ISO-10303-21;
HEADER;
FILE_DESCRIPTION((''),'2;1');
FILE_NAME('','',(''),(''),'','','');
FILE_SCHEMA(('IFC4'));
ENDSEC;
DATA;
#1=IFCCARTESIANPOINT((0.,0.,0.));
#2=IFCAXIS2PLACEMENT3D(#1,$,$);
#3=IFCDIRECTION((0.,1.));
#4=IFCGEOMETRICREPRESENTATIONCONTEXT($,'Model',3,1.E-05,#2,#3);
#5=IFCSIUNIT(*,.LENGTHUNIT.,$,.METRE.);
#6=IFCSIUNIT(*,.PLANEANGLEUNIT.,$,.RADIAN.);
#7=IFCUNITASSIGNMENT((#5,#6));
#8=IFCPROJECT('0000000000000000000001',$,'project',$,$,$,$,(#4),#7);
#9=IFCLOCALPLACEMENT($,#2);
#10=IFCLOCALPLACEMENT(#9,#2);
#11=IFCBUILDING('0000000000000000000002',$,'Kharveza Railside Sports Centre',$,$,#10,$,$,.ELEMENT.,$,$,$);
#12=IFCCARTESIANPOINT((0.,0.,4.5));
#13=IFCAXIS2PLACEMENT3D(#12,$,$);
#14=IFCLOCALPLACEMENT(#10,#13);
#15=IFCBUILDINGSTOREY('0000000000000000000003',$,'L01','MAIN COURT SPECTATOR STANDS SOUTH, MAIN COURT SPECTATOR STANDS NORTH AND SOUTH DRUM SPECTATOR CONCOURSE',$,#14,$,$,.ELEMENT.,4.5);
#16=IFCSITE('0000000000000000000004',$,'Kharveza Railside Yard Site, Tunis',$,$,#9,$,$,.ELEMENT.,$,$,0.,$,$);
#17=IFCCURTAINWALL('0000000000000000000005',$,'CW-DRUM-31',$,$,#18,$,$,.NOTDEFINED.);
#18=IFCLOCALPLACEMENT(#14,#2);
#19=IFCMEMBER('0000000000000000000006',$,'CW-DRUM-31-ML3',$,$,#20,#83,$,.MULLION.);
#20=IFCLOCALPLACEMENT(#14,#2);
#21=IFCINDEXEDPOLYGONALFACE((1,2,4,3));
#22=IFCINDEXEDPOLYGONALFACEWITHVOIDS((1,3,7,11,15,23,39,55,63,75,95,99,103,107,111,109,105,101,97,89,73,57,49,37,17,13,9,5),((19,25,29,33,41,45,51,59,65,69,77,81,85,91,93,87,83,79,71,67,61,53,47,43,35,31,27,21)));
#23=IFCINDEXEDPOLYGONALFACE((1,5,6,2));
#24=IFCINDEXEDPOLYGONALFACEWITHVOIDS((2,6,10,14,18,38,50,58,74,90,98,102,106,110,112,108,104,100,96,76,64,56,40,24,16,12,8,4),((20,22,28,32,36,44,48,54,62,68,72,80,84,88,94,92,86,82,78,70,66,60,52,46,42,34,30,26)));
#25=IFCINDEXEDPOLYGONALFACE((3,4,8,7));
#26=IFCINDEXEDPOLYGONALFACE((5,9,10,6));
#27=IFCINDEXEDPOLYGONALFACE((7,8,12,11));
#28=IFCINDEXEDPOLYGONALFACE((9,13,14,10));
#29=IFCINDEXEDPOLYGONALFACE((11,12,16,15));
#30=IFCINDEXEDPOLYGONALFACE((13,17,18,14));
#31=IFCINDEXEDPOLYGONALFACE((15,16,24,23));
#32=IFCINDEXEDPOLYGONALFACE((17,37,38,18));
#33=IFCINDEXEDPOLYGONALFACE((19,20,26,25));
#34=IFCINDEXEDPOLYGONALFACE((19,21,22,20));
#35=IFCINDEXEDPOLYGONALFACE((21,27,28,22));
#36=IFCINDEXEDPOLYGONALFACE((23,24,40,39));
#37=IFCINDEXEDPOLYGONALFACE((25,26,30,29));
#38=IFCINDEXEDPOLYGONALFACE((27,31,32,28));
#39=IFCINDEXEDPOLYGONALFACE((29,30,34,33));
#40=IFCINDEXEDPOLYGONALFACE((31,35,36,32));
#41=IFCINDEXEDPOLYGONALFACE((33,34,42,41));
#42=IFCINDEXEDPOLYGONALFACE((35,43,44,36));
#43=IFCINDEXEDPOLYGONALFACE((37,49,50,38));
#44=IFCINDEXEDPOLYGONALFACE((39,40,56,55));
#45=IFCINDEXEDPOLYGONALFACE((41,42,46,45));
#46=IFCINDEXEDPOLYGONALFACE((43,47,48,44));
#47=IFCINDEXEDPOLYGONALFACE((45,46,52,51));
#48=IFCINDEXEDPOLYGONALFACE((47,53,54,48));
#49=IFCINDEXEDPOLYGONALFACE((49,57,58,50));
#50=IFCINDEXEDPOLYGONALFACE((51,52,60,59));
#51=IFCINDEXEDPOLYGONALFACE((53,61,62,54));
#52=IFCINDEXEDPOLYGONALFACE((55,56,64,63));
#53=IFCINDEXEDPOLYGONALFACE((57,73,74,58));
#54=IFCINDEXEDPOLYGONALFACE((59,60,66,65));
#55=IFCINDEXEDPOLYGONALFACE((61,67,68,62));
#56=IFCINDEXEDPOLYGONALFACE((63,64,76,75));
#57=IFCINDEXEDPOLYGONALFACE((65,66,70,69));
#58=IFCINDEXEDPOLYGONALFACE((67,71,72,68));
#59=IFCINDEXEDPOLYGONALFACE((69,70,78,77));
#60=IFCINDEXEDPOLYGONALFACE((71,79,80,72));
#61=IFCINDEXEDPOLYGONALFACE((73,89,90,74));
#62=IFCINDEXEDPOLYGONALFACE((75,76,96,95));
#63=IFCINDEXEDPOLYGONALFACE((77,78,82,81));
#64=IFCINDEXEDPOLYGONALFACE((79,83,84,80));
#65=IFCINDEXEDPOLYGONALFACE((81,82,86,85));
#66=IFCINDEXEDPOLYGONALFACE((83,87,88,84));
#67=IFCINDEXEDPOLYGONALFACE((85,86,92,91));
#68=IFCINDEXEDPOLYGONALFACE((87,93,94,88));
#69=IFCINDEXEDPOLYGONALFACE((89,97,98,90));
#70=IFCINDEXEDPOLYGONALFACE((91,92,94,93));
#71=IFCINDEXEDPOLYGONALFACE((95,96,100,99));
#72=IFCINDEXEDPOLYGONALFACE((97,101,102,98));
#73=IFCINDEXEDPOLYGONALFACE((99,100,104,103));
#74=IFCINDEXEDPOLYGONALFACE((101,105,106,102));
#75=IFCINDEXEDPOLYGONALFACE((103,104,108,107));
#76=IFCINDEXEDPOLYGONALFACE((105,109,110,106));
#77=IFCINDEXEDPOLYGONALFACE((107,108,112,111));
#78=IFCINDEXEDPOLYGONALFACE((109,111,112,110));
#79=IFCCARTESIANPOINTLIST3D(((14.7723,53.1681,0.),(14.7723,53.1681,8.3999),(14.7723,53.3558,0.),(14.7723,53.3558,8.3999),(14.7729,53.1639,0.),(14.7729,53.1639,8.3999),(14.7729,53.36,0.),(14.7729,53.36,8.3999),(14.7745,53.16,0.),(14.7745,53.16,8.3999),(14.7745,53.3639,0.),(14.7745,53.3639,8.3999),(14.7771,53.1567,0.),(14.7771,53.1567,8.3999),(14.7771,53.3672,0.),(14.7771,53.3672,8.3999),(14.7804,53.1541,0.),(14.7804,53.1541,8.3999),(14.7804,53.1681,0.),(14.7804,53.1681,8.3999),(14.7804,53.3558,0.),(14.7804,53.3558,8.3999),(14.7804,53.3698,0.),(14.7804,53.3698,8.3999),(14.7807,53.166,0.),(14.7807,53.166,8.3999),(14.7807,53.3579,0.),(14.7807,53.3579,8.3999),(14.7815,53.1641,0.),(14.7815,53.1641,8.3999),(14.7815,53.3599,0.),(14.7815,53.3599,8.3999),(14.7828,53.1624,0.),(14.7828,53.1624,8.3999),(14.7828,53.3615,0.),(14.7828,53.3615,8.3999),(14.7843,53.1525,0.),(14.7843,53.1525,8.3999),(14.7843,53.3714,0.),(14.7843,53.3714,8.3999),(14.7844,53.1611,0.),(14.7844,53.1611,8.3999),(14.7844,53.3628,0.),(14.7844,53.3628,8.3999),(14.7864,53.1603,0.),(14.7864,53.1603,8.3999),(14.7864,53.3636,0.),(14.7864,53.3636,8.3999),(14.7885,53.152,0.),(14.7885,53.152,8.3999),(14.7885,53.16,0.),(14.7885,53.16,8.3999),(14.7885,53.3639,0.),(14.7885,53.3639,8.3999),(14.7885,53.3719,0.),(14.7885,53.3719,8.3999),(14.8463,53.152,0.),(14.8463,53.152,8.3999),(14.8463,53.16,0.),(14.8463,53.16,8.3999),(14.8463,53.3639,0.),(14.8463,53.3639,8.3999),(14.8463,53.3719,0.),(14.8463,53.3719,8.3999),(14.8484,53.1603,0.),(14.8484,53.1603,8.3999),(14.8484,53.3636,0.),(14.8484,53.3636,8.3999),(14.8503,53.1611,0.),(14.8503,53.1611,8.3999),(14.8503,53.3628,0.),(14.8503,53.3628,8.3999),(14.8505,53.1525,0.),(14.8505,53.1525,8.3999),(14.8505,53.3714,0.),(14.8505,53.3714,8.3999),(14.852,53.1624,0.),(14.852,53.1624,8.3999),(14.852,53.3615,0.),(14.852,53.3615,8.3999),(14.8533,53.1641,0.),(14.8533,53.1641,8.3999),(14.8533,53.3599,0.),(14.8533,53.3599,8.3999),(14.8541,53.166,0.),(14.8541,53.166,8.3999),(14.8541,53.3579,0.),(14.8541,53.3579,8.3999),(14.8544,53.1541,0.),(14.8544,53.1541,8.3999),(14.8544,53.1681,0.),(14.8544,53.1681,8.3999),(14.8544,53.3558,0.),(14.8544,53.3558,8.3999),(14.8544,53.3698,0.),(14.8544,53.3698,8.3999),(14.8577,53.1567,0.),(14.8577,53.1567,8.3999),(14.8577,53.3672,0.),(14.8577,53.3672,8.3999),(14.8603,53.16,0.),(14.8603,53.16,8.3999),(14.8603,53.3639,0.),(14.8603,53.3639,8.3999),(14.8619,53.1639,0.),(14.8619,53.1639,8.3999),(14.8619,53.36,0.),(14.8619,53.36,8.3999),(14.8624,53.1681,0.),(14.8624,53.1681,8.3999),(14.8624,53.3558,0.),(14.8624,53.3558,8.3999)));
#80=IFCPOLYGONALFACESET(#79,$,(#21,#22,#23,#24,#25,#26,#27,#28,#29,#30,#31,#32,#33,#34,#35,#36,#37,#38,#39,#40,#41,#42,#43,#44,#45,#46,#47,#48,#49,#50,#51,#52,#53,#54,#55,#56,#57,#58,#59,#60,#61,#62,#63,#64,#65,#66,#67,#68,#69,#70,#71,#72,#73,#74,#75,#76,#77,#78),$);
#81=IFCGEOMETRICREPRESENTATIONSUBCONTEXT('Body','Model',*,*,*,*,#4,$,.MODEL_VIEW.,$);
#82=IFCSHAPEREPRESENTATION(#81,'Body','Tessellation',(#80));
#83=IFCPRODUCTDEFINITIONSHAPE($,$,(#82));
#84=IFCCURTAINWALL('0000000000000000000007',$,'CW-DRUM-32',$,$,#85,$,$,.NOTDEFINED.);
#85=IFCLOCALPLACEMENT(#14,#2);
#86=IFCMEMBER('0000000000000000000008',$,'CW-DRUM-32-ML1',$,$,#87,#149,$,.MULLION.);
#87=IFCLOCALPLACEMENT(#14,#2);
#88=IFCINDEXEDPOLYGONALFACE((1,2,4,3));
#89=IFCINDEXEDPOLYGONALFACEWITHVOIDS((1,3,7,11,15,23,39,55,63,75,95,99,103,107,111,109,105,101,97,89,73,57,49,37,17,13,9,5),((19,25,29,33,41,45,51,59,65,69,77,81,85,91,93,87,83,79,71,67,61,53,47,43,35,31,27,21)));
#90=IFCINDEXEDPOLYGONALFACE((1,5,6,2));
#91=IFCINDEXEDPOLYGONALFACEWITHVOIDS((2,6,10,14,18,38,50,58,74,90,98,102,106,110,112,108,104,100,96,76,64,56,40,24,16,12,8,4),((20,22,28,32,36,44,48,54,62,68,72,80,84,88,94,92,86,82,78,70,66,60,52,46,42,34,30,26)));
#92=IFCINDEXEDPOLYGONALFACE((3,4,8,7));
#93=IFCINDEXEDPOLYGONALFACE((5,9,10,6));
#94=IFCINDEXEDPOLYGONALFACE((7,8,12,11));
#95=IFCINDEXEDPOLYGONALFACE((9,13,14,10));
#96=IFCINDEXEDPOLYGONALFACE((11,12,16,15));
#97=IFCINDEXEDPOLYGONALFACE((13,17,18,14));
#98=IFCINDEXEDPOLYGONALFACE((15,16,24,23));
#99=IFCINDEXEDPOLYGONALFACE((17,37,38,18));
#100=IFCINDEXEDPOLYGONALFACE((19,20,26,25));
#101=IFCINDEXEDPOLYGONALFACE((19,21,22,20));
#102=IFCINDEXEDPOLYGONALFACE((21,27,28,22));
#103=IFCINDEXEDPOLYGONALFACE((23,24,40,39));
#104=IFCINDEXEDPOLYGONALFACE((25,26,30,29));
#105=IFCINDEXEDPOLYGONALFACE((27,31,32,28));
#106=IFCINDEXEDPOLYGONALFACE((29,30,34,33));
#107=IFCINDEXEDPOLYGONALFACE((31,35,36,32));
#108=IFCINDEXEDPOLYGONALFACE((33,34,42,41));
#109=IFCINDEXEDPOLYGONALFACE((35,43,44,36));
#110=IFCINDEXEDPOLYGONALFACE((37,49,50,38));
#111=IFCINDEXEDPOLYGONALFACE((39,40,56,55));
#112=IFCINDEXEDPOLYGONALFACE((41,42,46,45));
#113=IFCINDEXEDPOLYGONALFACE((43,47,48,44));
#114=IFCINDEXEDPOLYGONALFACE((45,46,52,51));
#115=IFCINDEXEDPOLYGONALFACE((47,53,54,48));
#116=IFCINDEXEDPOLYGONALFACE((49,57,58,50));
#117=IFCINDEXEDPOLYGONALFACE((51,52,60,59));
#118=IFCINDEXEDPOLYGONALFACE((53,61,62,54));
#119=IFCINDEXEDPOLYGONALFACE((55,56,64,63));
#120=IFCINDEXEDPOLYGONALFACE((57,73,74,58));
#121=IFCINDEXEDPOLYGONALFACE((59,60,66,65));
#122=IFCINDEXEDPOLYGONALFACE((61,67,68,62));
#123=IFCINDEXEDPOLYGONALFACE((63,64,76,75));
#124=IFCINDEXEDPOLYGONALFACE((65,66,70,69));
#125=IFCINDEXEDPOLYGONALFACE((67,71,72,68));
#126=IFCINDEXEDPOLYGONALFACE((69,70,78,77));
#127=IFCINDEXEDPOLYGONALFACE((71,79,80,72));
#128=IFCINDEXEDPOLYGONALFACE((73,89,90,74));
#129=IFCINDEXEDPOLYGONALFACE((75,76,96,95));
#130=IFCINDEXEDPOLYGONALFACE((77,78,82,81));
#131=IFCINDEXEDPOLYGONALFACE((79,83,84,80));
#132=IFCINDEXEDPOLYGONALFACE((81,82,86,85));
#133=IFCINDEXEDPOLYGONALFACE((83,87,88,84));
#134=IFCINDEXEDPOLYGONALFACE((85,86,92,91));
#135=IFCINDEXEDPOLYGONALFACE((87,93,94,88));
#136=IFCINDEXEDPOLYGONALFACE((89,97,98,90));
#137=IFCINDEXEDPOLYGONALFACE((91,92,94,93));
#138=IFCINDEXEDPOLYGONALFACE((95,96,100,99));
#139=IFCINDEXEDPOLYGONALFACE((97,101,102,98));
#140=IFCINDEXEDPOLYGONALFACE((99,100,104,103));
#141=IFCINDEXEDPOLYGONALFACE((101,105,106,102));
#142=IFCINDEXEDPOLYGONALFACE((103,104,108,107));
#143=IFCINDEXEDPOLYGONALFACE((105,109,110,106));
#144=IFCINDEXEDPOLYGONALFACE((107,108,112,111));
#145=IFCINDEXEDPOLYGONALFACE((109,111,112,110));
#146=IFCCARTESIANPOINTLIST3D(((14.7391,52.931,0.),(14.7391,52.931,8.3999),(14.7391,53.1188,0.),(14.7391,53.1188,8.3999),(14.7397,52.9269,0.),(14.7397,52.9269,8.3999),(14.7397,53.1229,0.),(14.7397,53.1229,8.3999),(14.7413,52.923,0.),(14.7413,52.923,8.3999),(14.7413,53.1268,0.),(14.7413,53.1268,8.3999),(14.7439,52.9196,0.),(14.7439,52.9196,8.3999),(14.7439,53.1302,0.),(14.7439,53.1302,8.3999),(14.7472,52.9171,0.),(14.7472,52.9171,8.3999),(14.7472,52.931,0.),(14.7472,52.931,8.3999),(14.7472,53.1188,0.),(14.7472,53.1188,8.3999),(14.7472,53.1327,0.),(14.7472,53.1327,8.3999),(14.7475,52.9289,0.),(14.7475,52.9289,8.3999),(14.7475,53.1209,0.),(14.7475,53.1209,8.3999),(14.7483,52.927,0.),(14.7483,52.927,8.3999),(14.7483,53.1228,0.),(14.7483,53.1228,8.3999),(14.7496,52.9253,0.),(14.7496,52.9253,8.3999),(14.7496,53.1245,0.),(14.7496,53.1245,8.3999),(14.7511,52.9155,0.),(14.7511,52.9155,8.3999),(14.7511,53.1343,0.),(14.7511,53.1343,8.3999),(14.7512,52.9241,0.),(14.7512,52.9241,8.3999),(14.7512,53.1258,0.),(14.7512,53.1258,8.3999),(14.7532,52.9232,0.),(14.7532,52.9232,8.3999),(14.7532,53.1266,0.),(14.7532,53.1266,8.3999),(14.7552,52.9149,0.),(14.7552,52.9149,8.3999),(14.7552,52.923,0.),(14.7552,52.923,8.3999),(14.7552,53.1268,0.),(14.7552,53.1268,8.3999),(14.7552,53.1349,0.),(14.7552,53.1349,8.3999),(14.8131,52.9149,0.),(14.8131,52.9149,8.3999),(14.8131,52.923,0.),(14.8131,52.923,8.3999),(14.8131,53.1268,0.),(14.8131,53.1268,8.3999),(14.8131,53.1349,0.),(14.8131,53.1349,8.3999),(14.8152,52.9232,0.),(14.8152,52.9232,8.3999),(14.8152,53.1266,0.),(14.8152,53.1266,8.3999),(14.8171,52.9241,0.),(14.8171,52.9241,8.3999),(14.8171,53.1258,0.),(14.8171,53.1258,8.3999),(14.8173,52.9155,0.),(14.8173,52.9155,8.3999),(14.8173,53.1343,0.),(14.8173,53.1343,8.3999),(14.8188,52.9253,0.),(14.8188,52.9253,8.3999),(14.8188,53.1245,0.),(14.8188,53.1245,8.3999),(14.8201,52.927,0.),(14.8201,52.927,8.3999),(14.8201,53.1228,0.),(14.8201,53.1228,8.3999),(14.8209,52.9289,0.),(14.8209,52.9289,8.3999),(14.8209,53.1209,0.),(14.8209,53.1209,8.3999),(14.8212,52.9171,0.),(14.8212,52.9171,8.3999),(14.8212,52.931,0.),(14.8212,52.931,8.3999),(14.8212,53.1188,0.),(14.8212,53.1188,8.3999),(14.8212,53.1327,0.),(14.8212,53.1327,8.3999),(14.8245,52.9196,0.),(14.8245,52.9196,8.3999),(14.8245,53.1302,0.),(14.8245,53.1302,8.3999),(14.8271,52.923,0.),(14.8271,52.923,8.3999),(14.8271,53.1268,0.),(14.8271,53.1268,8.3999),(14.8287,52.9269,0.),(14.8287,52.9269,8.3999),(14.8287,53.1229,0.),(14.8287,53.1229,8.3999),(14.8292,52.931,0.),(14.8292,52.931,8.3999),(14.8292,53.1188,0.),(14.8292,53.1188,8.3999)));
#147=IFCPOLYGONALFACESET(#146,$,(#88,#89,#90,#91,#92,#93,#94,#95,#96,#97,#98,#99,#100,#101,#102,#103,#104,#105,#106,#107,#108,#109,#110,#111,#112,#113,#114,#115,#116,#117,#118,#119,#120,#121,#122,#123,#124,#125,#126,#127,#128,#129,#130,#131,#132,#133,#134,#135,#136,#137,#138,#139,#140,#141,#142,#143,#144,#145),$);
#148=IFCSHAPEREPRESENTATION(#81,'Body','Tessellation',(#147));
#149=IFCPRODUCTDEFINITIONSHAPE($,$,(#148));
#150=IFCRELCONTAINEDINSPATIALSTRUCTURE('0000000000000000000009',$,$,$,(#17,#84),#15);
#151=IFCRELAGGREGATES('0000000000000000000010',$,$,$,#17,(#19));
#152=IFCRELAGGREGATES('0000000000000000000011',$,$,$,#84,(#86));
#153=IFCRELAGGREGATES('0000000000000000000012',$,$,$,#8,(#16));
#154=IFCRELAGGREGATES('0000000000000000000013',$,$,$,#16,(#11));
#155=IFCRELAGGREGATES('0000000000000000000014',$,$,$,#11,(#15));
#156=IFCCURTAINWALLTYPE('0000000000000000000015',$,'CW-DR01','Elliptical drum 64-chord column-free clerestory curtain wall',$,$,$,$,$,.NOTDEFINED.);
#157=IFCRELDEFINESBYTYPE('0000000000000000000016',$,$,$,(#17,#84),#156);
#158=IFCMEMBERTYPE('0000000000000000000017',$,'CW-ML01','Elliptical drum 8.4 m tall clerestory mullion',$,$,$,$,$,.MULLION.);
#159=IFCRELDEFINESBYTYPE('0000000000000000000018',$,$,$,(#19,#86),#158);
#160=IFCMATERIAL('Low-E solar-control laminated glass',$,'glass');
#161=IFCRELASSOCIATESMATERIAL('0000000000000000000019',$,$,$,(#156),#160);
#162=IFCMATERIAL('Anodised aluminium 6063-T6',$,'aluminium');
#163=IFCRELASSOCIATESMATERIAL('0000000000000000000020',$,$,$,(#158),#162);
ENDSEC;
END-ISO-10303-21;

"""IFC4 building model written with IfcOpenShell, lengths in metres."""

from ifc_helpers import new_model, si_unit, direction, frame, origin, origin_2d, place, context, subcontext, project, spatial, hollow_rectangle, extrude, material, material_profile, profile_set, type_object, element, aggregate, save


model = new_model("IFC4")

# Units and contexts
model_context = context("Model", 3, precision=1e-05, world=origin(), true_north=direction((0.0, 1.0)))
body_context = subcontext(model_context, "Body", "Model", "MODEL_VIEW")
ifc_project = project(units=[si_unit("LENGTHUNIT", "METRE"), si_unit("PLANEANGLEUNIT", "RADIAN")], contexts=[model_context])

# Site, building, storey
site_placement = place(None, origin())
site = spatial("IfcSite", under=ifc_project, at=site_placement, Name="Kharveza Railside Yard Site, Tunis", CompositionType="ELEMENT", RefElevation=0.0)
building_placement = place(site_placement, origin())
building = spatial("IfcBuilding", under=site, at=building_placement, Name="Kharveza Railside Sports Centre", CompositionType="ELEMENT")
storey_placement = place(building_placement, frame((0.0, 0.0, 4.5)))
storey = spatial("IfcBuildingStorey", under=building, at=storey_placement, Name="L01", Description="MAIN COURT SPECTATOR STANDS SOUTH, MAIN COURT SPECTATOR STANDS NORTH AND SOUTH DRUM SPECTATOR CONCOURSE", CompositionType="ELEMENT", Elevation=4.5)

# Curtain wall, member
ifc_material_1 = material(Name="Low-E solar-control laminated glass", Category="glass")
curtain_wall_type = type_object("IfcCurtainWallType", Name="CW-DR01", Description="Elliptical drum 64-chord column-free clerestory curtain wall", PredefinedType="NOTDEFINED", material=ifc_material_1)
curtain_wall_1_placement = place(storey_placement, origin())
curtain_wall_1 = element("IfcCurtainWall", 1, at=curtain_wall_1_placement, inside=storey, type_object=curtain_wall_type, Name="CW-DRUM-31", PredefinedType="NOTDEFINED")
ifc_material_2 = material(Name="Anodised aluminium 6063-T6", Category="aluminium")
ifc_material_profile_1 = material_profile(ifc_material_2, hollow_rectangle(XDim=0.0901, YDim=0.22, WallThickness=0.0081, InnerFilletRadius=0.0081, OuterFilletRadius=0.0161, at=origin_2d()), Name="RHS 90x220x8.0")
ifc_profile_set_1 = profile_set([ifc_material_profile_1], Name="Anodised aluminium 6063-T6")
member_type_1 = type_object("IfcMemberType", Name="CW-ML01", Description="Elliptical drum 8.4 m tall clerestory mullion", PredefinedType="MULLION", material=ifc_profile_set_1)
member_1_placement = place(storey_placement, frame((14.8174, 53.262, 0.0), z_axis=(0.0, 0.0, 1.0), x_axis=(1.0, 0.0, 0.0)))
member_1 = element("IfcMember", 2, at=member_1_placement, type_object=member_type_1, Name="CW-DRUM-31-ML3", PredefinedType="MULLION", context=body_context, shape_type="SweptSolid", body=[
    extrude(hollow_rectangle(XDim=0.0901, YDim=0.22, WallThickness=0.0081, InnerFilletRadius=0.0081, OuterFilletRadius=0.0161, at=origin_2d()), origin(), (0.0, 0.0, 1.0), 8.3999),
])

# Curtain wall, member
curtain_wall_2_placement = place(storey_placement, origin())
curtain_wall_2 = element("IfcCurtainWall", 3, at=curtain_wall_2_placement, inside=storey, type_object=curtain_wall_type, Name="CW-DRUM-32", PredefinedType="NOTDEFINED")
member_2_placement = place(storey_placement, frame((14.7842, 53.0249, 0.0), z_axis=(0.0, 0.0, 1.0), x_axis=(1.0, 0.0, 0.0)))
member_2 = element("IfcMember", 4, at=member_2_placement, type_object=member_type_1, Name="CW-DRUM-32-ML1", PredefinedType="MULLION", context=body_context, shape_type="SweptSolid", body=[
    extrude(hollow_rectangle(XDim=0.0901, YDim=0.22, WallThickness=0.0081, InnerFilletRadius=0.0081, OuterFilletRadius=0.0161, at=origin_2d()), origin(), (0.0, 0.0, 1.0), 8.3999),
])

aggregate(curtain_wall_1, [member_1])
aggregate(curtain_wall_2, [member_2])

save(model, "model.ifc")
